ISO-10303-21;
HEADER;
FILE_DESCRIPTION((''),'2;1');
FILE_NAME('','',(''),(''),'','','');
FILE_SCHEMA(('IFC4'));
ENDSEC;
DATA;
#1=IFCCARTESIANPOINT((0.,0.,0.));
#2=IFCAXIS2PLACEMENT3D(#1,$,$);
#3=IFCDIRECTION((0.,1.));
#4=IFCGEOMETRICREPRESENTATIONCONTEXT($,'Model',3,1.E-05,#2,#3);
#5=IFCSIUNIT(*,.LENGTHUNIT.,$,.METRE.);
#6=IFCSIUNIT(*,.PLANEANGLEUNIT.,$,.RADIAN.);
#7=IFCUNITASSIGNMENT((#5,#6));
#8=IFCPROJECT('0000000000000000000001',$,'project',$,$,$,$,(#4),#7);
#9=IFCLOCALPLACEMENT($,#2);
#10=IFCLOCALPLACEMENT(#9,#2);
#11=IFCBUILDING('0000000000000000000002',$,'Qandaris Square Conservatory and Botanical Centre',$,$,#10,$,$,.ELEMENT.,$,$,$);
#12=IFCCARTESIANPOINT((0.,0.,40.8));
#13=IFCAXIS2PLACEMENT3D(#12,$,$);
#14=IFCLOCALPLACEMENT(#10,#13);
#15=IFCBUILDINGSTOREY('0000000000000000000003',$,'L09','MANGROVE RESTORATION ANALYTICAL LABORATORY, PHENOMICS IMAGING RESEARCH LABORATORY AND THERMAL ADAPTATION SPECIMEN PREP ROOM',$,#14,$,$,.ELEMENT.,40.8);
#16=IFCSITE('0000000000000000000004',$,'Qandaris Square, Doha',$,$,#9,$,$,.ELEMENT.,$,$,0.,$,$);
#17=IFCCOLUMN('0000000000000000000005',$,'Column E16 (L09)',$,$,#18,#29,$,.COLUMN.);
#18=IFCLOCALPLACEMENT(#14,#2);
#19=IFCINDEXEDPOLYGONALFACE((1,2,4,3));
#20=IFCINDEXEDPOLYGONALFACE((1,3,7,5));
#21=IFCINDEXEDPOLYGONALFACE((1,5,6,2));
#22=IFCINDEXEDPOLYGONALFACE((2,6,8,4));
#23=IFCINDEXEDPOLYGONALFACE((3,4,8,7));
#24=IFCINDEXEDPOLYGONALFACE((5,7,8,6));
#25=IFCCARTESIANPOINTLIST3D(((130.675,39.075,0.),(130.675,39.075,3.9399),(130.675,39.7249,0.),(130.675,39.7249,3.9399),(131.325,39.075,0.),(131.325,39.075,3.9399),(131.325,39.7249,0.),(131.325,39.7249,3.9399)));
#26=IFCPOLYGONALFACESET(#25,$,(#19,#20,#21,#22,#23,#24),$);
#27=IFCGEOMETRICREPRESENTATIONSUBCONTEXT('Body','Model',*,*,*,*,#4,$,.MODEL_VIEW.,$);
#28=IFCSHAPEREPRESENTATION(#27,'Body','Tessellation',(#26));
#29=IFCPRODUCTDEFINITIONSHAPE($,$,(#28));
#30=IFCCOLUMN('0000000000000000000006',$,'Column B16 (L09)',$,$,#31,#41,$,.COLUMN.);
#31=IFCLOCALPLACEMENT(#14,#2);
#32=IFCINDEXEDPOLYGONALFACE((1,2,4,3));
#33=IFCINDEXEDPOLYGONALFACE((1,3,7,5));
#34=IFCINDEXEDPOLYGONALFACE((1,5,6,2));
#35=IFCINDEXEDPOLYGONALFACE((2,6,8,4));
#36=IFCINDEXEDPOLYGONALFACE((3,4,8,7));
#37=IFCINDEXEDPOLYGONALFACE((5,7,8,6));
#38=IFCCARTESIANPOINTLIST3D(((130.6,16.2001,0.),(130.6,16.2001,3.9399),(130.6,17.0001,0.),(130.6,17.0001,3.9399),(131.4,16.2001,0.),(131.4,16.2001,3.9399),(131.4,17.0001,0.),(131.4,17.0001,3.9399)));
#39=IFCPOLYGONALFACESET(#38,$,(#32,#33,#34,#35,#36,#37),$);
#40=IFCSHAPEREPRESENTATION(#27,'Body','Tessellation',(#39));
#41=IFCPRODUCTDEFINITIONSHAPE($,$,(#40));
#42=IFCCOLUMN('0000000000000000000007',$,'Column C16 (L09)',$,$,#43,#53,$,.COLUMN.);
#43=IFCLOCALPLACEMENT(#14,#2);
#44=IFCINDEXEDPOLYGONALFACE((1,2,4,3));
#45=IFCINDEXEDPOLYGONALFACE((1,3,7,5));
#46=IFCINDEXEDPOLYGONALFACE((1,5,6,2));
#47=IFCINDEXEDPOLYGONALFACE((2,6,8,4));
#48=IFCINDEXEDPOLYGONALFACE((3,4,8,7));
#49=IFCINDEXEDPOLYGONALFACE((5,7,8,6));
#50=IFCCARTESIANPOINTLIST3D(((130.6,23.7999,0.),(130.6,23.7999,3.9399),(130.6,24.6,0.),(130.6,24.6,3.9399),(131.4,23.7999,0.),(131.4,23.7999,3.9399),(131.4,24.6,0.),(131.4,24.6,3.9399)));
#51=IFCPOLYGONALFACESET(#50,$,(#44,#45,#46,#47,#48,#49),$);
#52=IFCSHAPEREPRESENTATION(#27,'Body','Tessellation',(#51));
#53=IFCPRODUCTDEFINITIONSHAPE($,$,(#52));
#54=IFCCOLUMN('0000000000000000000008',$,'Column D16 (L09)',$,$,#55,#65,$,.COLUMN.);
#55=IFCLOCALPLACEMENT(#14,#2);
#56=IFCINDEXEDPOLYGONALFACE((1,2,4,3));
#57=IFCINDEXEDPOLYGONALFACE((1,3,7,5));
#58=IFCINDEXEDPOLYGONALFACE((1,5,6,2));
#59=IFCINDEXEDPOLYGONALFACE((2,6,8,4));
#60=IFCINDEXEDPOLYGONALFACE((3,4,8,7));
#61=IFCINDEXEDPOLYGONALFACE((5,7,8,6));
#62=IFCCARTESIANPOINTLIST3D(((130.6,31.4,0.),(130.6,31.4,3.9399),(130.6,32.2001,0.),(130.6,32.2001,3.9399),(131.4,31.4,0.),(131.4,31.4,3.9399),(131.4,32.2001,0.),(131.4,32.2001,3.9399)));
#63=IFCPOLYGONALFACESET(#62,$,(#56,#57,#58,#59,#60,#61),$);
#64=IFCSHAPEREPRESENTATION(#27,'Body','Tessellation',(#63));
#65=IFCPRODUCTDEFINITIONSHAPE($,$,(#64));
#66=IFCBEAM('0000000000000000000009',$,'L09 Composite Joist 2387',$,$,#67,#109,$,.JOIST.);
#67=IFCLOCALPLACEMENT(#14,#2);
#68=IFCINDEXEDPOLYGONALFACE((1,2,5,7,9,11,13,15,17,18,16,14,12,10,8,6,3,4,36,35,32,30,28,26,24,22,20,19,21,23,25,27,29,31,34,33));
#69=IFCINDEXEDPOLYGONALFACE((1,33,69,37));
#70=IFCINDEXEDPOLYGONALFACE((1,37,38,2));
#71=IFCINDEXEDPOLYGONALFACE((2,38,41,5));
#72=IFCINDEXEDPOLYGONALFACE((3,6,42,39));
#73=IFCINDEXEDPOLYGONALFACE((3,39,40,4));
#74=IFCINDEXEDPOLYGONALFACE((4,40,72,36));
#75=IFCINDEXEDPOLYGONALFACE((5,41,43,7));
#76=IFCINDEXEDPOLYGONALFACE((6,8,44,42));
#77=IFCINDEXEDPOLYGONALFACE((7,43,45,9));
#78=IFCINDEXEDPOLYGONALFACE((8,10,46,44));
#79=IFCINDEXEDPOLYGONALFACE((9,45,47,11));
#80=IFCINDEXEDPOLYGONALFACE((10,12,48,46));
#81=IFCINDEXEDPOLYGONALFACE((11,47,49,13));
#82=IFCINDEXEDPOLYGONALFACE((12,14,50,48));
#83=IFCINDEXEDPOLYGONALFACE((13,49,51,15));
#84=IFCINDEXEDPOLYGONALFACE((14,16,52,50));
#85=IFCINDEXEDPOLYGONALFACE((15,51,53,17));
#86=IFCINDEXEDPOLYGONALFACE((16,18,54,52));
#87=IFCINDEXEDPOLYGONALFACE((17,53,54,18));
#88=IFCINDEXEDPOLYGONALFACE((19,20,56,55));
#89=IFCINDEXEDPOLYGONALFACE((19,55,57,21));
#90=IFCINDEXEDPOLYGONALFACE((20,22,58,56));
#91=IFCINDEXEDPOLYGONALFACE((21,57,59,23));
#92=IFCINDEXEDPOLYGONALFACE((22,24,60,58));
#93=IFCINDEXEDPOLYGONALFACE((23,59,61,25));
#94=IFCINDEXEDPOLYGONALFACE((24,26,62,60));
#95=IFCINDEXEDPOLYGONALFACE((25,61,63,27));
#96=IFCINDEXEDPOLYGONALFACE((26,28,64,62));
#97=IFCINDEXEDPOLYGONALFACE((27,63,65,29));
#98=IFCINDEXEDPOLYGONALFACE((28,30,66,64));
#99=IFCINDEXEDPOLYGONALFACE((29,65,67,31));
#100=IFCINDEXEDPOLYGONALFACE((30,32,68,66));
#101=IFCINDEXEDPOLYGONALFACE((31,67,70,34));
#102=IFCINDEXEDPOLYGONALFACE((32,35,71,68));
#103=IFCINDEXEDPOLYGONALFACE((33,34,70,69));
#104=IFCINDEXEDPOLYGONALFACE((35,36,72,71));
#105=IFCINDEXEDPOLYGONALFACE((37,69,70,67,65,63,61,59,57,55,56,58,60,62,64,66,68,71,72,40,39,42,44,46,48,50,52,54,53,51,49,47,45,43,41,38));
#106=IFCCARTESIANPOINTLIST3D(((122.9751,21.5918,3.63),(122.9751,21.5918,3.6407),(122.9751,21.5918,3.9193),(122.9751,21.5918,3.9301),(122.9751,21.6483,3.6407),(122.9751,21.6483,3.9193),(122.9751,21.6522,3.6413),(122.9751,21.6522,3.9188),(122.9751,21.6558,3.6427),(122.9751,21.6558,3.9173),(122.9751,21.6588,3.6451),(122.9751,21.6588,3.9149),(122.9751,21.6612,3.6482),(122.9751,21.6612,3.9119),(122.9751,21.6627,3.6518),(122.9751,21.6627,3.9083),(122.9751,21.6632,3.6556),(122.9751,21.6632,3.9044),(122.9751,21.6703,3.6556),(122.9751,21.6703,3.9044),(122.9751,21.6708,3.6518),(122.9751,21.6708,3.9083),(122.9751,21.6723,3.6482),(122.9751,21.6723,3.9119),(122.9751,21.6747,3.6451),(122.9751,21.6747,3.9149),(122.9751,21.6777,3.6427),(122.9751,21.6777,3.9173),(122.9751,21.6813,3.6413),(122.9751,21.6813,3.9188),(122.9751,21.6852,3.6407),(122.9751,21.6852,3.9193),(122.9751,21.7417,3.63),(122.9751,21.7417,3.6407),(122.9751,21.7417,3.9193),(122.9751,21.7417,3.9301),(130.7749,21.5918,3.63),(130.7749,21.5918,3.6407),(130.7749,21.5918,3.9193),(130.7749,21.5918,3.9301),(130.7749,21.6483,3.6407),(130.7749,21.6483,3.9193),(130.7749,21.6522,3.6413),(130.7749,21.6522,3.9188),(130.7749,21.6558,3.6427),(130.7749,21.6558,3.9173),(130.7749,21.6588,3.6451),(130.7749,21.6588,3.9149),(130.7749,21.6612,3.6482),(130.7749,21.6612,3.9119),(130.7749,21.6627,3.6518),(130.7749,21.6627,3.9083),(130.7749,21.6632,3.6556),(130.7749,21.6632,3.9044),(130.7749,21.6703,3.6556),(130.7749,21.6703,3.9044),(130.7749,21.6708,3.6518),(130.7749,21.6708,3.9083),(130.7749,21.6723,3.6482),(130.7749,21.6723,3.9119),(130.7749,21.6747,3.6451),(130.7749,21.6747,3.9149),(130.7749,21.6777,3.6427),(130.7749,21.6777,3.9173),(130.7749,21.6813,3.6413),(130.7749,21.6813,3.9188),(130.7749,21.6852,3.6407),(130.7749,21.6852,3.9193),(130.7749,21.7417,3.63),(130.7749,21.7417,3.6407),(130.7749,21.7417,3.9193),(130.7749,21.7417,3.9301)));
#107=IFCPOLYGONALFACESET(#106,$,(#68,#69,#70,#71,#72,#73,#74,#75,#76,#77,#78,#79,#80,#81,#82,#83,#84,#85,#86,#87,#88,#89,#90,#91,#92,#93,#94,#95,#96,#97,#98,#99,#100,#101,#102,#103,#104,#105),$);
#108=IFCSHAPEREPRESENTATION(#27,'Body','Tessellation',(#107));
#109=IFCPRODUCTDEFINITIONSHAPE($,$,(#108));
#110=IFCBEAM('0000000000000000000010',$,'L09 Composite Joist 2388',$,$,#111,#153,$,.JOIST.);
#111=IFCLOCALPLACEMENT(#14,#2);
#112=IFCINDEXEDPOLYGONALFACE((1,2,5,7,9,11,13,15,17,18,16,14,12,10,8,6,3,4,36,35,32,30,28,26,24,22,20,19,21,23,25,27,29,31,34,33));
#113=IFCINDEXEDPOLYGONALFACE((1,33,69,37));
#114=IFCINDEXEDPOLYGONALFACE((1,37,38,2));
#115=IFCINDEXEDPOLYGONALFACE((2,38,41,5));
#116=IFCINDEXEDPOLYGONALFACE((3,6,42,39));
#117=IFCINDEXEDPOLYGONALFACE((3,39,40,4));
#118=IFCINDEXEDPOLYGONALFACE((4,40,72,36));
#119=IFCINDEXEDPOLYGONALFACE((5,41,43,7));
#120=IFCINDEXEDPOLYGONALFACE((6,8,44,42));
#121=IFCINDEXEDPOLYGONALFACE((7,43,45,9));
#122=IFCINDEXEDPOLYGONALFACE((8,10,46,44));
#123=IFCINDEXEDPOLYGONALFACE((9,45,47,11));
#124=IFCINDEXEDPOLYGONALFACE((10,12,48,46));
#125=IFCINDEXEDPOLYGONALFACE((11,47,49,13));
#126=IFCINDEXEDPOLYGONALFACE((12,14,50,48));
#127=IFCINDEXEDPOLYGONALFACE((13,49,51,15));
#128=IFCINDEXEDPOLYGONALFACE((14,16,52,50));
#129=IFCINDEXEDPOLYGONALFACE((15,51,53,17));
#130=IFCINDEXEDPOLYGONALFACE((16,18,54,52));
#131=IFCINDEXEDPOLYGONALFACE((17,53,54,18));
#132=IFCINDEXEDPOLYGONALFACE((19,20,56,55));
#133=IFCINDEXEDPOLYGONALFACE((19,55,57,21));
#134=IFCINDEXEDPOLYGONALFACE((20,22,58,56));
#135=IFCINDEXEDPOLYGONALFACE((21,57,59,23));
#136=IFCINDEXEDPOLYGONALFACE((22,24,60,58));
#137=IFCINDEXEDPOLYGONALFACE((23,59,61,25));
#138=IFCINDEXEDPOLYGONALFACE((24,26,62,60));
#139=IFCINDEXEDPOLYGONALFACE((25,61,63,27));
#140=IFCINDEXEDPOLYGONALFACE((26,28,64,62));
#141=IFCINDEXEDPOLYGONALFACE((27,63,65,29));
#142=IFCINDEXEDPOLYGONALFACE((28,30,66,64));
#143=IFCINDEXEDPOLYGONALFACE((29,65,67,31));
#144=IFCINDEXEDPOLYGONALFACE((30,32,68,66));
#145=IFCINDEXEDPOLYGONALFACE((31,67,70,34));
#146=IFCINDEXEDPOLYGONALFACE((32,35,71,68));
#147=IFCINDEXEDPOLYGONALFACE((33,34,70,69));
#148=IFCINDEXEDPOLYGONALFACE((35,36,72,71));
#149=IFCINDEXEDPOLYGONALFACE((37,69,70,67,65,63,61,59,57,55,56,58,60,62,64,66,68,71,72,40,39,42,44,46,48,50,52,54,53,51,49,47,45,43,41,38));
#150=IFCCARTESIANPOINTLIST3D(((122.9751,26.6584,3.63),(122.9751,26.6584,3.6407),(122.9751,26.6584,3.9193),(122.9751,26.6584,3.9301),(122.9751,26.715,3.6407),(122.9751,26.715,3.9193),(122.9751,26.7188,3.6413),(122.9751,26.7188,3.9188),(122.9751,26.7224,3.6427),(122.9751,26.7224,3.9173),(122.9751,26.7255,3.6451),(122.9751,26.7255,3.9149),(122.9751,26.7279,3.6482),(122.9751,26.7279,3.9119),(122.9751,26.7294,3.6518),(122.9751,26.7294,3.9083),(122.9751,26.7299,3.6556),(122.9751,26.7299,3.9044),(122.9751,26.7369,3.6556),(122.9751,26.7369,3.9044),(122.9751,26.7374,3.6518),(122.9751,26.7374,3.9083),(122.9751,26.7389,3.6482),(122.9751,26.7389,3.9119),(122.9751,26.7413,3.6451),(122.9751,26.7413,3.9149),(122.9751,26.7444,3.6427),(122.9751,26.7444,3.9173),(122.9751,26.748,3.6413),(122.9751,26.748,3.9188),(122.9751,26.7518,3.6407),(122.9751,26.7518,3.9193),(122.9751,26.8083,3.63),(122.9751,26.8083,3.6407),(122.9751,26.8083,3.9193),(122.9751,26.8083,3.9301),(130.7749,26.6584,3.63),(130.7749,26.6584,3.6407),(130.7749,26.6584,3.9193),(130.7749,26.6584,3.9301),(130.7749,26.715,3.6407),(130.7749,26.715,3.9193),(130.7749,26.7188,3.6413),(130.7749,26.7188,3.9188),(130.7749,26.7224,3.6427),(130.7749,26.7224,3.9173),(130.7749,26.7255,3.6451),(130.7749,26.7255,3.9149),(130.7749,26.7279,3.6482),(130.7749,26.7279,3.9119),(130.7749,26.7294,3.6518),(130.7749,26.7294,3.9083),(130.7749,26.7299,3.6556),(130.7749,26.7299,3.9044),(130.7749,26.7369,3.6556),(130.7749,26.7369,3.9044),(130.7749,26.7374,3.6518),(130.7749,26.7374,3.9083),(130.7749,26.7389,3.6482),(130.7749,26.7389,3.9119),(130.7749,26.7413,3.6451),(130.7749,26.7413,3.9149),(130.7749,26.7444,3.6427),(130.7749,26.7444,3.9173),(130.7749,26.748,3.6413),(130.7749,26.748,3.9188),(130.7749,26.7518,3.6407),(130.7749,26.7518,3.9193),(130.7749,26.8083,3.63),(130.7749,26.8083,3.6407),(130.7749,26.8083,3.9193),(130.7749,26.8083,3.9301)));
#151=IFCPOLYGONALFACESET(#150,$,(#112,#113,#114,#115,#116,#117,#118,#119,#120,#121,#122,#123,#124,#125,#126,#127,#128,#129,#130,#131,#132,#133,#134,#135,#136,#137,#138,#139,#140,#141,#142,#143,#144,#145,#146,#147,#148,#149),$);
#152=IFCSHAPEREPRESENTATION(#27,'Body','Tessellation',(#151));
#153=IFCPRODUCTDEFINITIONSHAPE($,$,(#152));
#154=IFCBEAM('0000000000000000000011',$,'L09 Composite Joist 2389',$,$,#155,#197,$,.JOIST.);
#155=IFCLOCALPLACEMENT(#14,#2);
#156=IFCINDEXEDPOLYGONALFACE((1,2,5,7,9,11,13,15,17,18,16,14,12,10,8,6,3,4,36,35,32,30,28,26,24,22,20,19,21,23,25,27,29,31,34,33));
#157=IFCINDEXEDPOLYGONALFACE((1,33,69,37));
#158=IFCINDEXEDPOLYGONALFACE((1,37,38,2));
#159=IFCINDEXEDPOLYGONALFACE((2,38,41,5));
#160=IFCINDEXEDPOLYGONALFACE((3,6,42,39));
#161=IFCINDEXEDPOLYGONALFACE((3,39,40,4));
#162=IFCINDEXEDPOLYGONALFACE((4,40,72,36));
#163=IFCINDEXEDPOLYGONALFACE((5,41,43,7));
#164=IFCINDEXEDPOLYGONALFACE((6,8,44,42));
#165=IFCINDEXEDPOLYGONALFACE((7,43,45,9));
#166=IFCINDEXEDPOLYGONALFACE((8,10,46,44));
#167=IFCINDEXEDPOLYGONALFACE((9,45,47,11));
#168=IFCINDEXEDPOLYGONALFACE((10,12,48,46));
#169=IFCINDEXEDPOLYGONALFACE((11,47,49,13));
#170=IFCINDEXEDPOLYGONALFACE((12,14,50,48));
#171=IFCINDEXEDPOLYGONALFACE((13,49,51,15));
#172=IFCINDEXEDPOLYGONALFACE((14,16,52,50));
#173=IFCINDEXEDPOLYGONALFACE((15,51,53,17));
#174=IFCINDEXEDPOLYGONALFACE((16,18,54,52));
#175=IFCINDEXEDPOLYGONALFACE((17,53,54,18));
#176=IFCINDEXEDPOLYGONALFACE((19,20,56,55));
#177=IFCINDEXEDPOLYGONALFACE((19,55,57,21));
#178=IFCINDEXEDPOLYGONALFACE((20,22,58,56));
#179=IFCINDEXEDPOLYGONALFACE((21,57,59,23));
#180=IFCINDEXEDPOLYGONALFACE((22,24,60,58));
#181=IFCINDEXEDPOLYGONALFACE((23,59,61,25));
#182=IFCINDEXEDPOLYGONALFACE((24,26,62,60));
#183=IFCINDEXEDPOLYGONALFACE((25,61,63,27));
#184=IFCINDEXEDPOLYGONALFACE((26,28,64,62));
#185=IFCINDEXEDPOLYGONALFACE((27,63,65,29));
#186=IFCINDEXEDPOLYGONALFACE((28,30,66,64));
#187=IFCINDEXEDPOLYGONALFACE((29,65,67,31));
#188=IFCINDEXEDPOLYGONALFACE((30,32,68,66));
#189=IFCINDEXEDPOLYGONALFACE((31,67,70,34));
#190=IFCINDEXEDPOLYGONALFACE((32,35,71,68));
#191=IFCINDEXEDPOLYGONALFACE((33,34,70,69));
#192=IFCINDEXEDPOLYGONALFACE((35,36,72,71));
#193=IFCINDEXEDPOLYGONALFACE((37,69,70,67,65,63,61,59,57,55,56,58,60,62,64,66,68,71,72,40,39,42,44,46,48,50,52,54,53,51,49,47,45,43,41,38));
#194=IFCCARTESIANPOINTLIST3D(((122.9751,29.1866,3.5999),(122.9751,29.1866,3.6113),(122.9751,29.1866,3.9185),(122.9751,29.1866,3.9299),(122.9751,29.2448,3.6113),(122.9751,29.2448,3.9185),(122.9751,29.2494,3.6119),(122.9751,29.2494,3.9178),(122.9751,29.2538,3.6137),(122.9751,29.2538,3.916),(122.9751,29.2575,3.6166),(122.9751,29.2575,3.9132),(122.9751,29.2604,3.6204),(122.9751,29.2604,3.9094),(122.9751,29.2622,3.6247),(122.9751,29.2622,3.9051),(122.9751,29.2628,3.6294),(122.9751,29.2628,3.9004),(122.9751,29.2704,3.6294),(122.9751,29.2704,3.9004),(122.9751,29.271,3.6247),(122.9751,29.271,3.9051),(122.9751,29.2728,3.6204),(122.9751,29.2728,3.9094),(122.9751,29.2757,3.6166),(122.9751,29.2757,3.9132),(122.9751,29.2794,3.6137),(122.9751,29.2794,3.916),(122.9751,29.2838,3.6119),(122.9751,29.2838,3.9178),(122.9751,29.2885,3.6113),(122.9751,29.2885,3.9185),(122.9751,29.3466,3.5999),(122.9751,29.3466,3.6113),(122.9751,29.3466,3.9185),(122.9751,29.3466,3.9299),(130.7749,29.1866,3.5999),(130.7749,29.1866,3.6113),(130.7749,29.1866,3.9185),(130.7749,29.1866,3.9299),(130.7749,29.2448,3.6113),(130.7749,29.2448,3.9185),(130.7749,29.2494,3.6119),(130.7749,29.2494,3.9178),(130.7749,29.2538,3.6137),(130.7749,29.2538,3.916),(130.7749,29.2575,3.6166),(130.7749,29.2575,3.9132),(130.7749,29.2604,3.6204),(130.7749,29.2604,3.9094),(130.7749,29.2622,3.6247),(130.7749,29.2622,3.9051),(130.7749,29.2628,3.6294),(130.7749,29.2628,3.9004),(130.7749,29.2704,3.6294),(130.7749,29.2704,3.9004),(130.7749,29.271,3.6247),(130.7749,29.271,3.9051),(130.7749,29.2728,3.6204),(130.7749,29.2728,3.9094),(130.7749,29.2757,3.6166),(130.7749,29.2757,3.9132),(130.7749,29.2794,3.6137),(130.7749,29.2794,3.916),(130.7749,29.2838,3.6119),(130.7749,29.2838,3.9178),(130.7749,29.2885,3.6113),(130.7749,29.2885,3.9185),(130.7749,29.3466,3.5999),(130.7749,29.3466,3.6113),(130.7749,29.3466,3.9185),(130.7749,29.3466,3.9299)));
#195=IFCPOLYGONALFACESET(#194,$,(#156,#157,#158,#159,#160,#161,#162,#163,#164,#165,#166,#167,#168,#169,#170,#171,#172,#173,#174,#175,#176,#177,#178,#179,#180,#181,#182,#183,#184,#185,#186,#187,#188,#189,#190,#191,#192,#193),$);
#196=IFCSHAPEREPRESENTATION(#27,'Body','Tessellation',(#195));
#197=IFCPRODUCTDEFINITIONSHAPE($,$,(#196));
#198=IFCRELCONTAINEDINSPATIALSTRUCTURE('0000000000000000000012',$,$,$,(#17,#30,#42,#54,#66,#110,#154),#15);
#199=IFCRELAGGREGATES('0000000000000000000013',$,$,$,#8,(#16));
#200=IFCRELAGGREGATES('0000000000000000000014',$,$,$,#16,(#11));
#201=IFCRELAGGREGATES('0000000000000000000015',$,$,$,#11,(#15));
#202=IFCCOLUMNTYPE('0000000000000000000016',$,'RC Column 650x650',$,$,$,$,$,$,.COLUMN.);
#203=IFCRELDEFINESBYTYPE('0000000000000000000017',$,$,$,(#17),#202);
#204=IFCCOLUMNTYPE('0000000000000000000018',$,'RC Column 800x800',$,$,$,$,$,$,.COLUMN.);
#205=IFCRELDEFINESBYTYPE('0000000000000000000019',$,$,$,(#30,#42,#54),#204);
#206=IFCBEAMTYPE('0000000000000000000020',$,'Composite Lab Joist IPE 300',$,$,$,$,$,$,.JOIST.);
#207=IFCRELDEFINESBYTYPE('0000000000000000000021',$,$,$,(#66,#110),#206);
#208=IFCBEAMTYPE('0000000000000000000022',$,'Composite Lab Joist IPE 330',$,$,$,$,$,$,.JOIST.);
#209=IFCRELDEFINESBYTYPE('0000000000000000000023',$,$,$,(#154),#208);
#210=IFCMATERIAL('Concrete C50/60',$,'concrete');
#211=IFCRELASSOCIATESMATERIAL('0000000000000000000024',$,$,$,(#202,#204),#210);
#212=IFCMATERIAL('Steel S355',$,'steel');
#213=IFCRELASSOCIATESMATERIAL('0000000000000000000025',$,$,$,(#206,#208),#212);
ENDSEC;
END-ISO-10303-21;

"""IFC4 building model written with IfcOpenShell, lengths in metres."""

from ifc_helpers import new_model, si_unit, direction, frame, origin, origin_2d, place, context, subcontext, project, spatial, rectangle, i_section, extrude, material, material_profile, profile_set, type_object, element, save


model = new_model("IFC4")

# Units and contexts
model_context = context("Model", 3, precision=1e-05, world=origin(), true_north=direction((0.0, 1.0)))
body_context = subcontext(model_context, "Body", "Model", "MODEL_VIEW")
ifc_project = project(units=[si_unit("LENGTHUNIT", "METRE"), si_unit("PLANEANGLEUNIT", "RADIAN")], contexts=[model_context])

# Site, building, storey
site_placement = place(None, origin())
site = spatial("IfcSite", under=ifc_project, at=site_placement, Name="Qandaris Square, Doha", CompositionType="ELEMENT", RefElevation=0.0)
building_placement = place(site_placement, origin())
building = spatial("IfcBuilding", under=site, at=building_placement, Name="Qandaris Square Conservatory and Botanical Centre", CompositionType="ELEMENT")
storey_placement = place(building_placement, frame((0.0, 0.0, 40.8)))
storey = spatial("IfcBuildingStorey", under=building, at=storey_placement, Name="L09", Description="MANGROVE RESTORATION ANALYTICAL LABORATORY, PHENOMICS IMAGING RESEARCH LABORATORY AND THERMAL ADAPTATION SPECIMEN PREP ROOM", CompositionType="ELEMENT", Elevation=40.8)

# Columns
ifc_material_1 = material(Name="Concrete C50/60", Category="concrete")
ifc_material_profile_1 = material_profile(ifc_material_1, rectangle(XDim=0.6499, YDim=0.6499, at=origin_2d()), Name="RC-COL 650x650")
ifc_profile_set_1 = profile_set([ifc_material_profile_1], Name="Concrete C50/60")
column_type_1 = type_object("IfcColumnType", Name="RC Column 650x650", PredefinedType="COLUMN", material=ifc_profile_set_1)
column_placement = place(storey_placement, frame((131.0, 39.3999, 0.0), z_axis=(0.0, 0.0, 1.0), x_axis=(1.0, 0.0, 0.0)))
element("IfcColumn", 1, at=column_placement, inside=storey, type_object=column_type_1, Name="Column E16 (L09)", PredefinedType="COLUMN", context=body_context, shape_type="SweptSolid", body=[
    extrude(rectangle(XDim=0.6499, YDim=0.6499, at=origin_2d()), origin(), (0.0, 0.0, 1.0), 3.9399),
])
ifc_material_profile_2 = material_profile(ifc_material_1, rectangle(XDim=0.8, YDim=0.8, at=origin_2d()), Name="RC-COL 800x800")
ifc_profile_set_2 = profile_set([ifc_material_profile_2], Name="Concrete C50/60")
column_type_2 = type_object("IfcColumnType", Name="RC Column 800x800", PredefinedType="COLUMN", material=ifc_profile_set_2)
for number, where, z_axis, x_axis, name in (
    (2, (131.0, 16.6001, 0.0), (0.0, 0.0, 1.0), (1.0, 0.0, 0.0), "Column B16 (L09)"),
    (3, (131.0, 24.2, 0.0), (0.0, 0.0, 1.0), (1.0, 0.0, 0.0), "Column C16 (L09)"),
    (4, (131.0, 31.8, 0.0), (0.0, 0.0, 1.0), (1.0, 0.0, 0.0), "Column D16 (L09)"),
):
    element("IfcColumn", number, at=place(storey_placement, frame(where, z_axis=z_axis, x_axis=x_axis)), inside=storey, type_object=column_type_2, Name=name, PredefinedType="COLUMN", context=body_context, shape_type="SweptSolid", body=[
        extrude(rectangle(XDim=0.8, YDim=0.8, at=origin_2d()), origin(), (0.0, 0.0, 1.0), 3.9399),
    ])

# Beams
ifc_material_2 = material(Name="Steel S355", Category="steel")
ifc_material_profile_3 = material_profile(ifc_material_2, i_section(OverallWidth=0.1499, OverallDepth=0.3, WebThickness=0.0071, FlangeThickness=0.0107, FilletRadius=0.0149, at=origin_2d()), Name="IPE 300")
ifc_profile_set_3 = profile_set([ifc_material_profile_3], Name="Steel S355")
beam_type_1 = type_object("IfcBeamType", Name="Composite Lab Joist IPE 300", PredefinedType="JOIST", material=ifc_profile_set_3)
for number, where, z_axis, x_axis, name in (
    (5, (122.9751, 21.6667, 3.78), (1.0, 0.0, 0.0), (0.0, 1.0, 0.0), "L09 Composite Joist 2387"),
    (6, (122.9751, 26.7334, 3.78), (1.0, 0.0, 0.0), (0.0, 1.0, 0.0), "L09 Composite Joist 2388"),
):
    element("IfcBeam", number, at=place(storey_placement, frame(where, z_axis=z_axis, x_axis=x_axis)), inside=storey, type_object=beam_type_1, Name=name, PredefinedType="JOIST", context=body_context, shape_type="SweptSolid", body=[
        extrude(i_section(OverallWidth=0.1499, OverallDepth=0.3, WebThickness=0.0071, FlangeThickness=0.0107, FilletRadius=0.0149, at=origin_2d()), origin(), (0.0, 0.0, 1.0), 7.7998),
    ])
ifc_material_profile_4 = material_profile(ifc_material_2, i_section(OverallWidth=0.1599, OverallDepth=0.3301, WebThickness=0.0076, FlangeThickness=0.0115, FilletRadius=0.0181, at=origin_2d()), Name="IPE 330")
ifc_profile_set_4 = profile_set([ifc_material_profile_4], Name="Steel S355")
beam_type_2 = type_object("IfcBeamType", Name="Composite Lab Joist IPE 330", PredefinedType="JOIST", material=ifc_profile_set_4)
for number, where, z_axis, x_axis, name in (
    (7, (122.9751, 29.2666, 3.7649), (1.0, 0.0, 0.0), (0.0, 1.0, 0.0), "L09 Composite Joist 2389"),
):
    element("IfcBeam", number, at=place(storey_placement, frame(where, z_axis=z_axis, x_axis=x_axis)), inside=storey, type_object=beam_type_2, Name=name, PredefinedType="JOIST", context=body_context, shape_type="SweptSolid", body=[
        extrude(i_section(OverallWidth=0.1599, OverallDepth=0.3301, WebThickness=0.0076, FlangeThickness=0.0115, FilletRadius=0.0181, at=origin_2d()), origin(), (0.0, 0.0, 1.0), 7.7998),
    ])

save(model, "model.ifc")
